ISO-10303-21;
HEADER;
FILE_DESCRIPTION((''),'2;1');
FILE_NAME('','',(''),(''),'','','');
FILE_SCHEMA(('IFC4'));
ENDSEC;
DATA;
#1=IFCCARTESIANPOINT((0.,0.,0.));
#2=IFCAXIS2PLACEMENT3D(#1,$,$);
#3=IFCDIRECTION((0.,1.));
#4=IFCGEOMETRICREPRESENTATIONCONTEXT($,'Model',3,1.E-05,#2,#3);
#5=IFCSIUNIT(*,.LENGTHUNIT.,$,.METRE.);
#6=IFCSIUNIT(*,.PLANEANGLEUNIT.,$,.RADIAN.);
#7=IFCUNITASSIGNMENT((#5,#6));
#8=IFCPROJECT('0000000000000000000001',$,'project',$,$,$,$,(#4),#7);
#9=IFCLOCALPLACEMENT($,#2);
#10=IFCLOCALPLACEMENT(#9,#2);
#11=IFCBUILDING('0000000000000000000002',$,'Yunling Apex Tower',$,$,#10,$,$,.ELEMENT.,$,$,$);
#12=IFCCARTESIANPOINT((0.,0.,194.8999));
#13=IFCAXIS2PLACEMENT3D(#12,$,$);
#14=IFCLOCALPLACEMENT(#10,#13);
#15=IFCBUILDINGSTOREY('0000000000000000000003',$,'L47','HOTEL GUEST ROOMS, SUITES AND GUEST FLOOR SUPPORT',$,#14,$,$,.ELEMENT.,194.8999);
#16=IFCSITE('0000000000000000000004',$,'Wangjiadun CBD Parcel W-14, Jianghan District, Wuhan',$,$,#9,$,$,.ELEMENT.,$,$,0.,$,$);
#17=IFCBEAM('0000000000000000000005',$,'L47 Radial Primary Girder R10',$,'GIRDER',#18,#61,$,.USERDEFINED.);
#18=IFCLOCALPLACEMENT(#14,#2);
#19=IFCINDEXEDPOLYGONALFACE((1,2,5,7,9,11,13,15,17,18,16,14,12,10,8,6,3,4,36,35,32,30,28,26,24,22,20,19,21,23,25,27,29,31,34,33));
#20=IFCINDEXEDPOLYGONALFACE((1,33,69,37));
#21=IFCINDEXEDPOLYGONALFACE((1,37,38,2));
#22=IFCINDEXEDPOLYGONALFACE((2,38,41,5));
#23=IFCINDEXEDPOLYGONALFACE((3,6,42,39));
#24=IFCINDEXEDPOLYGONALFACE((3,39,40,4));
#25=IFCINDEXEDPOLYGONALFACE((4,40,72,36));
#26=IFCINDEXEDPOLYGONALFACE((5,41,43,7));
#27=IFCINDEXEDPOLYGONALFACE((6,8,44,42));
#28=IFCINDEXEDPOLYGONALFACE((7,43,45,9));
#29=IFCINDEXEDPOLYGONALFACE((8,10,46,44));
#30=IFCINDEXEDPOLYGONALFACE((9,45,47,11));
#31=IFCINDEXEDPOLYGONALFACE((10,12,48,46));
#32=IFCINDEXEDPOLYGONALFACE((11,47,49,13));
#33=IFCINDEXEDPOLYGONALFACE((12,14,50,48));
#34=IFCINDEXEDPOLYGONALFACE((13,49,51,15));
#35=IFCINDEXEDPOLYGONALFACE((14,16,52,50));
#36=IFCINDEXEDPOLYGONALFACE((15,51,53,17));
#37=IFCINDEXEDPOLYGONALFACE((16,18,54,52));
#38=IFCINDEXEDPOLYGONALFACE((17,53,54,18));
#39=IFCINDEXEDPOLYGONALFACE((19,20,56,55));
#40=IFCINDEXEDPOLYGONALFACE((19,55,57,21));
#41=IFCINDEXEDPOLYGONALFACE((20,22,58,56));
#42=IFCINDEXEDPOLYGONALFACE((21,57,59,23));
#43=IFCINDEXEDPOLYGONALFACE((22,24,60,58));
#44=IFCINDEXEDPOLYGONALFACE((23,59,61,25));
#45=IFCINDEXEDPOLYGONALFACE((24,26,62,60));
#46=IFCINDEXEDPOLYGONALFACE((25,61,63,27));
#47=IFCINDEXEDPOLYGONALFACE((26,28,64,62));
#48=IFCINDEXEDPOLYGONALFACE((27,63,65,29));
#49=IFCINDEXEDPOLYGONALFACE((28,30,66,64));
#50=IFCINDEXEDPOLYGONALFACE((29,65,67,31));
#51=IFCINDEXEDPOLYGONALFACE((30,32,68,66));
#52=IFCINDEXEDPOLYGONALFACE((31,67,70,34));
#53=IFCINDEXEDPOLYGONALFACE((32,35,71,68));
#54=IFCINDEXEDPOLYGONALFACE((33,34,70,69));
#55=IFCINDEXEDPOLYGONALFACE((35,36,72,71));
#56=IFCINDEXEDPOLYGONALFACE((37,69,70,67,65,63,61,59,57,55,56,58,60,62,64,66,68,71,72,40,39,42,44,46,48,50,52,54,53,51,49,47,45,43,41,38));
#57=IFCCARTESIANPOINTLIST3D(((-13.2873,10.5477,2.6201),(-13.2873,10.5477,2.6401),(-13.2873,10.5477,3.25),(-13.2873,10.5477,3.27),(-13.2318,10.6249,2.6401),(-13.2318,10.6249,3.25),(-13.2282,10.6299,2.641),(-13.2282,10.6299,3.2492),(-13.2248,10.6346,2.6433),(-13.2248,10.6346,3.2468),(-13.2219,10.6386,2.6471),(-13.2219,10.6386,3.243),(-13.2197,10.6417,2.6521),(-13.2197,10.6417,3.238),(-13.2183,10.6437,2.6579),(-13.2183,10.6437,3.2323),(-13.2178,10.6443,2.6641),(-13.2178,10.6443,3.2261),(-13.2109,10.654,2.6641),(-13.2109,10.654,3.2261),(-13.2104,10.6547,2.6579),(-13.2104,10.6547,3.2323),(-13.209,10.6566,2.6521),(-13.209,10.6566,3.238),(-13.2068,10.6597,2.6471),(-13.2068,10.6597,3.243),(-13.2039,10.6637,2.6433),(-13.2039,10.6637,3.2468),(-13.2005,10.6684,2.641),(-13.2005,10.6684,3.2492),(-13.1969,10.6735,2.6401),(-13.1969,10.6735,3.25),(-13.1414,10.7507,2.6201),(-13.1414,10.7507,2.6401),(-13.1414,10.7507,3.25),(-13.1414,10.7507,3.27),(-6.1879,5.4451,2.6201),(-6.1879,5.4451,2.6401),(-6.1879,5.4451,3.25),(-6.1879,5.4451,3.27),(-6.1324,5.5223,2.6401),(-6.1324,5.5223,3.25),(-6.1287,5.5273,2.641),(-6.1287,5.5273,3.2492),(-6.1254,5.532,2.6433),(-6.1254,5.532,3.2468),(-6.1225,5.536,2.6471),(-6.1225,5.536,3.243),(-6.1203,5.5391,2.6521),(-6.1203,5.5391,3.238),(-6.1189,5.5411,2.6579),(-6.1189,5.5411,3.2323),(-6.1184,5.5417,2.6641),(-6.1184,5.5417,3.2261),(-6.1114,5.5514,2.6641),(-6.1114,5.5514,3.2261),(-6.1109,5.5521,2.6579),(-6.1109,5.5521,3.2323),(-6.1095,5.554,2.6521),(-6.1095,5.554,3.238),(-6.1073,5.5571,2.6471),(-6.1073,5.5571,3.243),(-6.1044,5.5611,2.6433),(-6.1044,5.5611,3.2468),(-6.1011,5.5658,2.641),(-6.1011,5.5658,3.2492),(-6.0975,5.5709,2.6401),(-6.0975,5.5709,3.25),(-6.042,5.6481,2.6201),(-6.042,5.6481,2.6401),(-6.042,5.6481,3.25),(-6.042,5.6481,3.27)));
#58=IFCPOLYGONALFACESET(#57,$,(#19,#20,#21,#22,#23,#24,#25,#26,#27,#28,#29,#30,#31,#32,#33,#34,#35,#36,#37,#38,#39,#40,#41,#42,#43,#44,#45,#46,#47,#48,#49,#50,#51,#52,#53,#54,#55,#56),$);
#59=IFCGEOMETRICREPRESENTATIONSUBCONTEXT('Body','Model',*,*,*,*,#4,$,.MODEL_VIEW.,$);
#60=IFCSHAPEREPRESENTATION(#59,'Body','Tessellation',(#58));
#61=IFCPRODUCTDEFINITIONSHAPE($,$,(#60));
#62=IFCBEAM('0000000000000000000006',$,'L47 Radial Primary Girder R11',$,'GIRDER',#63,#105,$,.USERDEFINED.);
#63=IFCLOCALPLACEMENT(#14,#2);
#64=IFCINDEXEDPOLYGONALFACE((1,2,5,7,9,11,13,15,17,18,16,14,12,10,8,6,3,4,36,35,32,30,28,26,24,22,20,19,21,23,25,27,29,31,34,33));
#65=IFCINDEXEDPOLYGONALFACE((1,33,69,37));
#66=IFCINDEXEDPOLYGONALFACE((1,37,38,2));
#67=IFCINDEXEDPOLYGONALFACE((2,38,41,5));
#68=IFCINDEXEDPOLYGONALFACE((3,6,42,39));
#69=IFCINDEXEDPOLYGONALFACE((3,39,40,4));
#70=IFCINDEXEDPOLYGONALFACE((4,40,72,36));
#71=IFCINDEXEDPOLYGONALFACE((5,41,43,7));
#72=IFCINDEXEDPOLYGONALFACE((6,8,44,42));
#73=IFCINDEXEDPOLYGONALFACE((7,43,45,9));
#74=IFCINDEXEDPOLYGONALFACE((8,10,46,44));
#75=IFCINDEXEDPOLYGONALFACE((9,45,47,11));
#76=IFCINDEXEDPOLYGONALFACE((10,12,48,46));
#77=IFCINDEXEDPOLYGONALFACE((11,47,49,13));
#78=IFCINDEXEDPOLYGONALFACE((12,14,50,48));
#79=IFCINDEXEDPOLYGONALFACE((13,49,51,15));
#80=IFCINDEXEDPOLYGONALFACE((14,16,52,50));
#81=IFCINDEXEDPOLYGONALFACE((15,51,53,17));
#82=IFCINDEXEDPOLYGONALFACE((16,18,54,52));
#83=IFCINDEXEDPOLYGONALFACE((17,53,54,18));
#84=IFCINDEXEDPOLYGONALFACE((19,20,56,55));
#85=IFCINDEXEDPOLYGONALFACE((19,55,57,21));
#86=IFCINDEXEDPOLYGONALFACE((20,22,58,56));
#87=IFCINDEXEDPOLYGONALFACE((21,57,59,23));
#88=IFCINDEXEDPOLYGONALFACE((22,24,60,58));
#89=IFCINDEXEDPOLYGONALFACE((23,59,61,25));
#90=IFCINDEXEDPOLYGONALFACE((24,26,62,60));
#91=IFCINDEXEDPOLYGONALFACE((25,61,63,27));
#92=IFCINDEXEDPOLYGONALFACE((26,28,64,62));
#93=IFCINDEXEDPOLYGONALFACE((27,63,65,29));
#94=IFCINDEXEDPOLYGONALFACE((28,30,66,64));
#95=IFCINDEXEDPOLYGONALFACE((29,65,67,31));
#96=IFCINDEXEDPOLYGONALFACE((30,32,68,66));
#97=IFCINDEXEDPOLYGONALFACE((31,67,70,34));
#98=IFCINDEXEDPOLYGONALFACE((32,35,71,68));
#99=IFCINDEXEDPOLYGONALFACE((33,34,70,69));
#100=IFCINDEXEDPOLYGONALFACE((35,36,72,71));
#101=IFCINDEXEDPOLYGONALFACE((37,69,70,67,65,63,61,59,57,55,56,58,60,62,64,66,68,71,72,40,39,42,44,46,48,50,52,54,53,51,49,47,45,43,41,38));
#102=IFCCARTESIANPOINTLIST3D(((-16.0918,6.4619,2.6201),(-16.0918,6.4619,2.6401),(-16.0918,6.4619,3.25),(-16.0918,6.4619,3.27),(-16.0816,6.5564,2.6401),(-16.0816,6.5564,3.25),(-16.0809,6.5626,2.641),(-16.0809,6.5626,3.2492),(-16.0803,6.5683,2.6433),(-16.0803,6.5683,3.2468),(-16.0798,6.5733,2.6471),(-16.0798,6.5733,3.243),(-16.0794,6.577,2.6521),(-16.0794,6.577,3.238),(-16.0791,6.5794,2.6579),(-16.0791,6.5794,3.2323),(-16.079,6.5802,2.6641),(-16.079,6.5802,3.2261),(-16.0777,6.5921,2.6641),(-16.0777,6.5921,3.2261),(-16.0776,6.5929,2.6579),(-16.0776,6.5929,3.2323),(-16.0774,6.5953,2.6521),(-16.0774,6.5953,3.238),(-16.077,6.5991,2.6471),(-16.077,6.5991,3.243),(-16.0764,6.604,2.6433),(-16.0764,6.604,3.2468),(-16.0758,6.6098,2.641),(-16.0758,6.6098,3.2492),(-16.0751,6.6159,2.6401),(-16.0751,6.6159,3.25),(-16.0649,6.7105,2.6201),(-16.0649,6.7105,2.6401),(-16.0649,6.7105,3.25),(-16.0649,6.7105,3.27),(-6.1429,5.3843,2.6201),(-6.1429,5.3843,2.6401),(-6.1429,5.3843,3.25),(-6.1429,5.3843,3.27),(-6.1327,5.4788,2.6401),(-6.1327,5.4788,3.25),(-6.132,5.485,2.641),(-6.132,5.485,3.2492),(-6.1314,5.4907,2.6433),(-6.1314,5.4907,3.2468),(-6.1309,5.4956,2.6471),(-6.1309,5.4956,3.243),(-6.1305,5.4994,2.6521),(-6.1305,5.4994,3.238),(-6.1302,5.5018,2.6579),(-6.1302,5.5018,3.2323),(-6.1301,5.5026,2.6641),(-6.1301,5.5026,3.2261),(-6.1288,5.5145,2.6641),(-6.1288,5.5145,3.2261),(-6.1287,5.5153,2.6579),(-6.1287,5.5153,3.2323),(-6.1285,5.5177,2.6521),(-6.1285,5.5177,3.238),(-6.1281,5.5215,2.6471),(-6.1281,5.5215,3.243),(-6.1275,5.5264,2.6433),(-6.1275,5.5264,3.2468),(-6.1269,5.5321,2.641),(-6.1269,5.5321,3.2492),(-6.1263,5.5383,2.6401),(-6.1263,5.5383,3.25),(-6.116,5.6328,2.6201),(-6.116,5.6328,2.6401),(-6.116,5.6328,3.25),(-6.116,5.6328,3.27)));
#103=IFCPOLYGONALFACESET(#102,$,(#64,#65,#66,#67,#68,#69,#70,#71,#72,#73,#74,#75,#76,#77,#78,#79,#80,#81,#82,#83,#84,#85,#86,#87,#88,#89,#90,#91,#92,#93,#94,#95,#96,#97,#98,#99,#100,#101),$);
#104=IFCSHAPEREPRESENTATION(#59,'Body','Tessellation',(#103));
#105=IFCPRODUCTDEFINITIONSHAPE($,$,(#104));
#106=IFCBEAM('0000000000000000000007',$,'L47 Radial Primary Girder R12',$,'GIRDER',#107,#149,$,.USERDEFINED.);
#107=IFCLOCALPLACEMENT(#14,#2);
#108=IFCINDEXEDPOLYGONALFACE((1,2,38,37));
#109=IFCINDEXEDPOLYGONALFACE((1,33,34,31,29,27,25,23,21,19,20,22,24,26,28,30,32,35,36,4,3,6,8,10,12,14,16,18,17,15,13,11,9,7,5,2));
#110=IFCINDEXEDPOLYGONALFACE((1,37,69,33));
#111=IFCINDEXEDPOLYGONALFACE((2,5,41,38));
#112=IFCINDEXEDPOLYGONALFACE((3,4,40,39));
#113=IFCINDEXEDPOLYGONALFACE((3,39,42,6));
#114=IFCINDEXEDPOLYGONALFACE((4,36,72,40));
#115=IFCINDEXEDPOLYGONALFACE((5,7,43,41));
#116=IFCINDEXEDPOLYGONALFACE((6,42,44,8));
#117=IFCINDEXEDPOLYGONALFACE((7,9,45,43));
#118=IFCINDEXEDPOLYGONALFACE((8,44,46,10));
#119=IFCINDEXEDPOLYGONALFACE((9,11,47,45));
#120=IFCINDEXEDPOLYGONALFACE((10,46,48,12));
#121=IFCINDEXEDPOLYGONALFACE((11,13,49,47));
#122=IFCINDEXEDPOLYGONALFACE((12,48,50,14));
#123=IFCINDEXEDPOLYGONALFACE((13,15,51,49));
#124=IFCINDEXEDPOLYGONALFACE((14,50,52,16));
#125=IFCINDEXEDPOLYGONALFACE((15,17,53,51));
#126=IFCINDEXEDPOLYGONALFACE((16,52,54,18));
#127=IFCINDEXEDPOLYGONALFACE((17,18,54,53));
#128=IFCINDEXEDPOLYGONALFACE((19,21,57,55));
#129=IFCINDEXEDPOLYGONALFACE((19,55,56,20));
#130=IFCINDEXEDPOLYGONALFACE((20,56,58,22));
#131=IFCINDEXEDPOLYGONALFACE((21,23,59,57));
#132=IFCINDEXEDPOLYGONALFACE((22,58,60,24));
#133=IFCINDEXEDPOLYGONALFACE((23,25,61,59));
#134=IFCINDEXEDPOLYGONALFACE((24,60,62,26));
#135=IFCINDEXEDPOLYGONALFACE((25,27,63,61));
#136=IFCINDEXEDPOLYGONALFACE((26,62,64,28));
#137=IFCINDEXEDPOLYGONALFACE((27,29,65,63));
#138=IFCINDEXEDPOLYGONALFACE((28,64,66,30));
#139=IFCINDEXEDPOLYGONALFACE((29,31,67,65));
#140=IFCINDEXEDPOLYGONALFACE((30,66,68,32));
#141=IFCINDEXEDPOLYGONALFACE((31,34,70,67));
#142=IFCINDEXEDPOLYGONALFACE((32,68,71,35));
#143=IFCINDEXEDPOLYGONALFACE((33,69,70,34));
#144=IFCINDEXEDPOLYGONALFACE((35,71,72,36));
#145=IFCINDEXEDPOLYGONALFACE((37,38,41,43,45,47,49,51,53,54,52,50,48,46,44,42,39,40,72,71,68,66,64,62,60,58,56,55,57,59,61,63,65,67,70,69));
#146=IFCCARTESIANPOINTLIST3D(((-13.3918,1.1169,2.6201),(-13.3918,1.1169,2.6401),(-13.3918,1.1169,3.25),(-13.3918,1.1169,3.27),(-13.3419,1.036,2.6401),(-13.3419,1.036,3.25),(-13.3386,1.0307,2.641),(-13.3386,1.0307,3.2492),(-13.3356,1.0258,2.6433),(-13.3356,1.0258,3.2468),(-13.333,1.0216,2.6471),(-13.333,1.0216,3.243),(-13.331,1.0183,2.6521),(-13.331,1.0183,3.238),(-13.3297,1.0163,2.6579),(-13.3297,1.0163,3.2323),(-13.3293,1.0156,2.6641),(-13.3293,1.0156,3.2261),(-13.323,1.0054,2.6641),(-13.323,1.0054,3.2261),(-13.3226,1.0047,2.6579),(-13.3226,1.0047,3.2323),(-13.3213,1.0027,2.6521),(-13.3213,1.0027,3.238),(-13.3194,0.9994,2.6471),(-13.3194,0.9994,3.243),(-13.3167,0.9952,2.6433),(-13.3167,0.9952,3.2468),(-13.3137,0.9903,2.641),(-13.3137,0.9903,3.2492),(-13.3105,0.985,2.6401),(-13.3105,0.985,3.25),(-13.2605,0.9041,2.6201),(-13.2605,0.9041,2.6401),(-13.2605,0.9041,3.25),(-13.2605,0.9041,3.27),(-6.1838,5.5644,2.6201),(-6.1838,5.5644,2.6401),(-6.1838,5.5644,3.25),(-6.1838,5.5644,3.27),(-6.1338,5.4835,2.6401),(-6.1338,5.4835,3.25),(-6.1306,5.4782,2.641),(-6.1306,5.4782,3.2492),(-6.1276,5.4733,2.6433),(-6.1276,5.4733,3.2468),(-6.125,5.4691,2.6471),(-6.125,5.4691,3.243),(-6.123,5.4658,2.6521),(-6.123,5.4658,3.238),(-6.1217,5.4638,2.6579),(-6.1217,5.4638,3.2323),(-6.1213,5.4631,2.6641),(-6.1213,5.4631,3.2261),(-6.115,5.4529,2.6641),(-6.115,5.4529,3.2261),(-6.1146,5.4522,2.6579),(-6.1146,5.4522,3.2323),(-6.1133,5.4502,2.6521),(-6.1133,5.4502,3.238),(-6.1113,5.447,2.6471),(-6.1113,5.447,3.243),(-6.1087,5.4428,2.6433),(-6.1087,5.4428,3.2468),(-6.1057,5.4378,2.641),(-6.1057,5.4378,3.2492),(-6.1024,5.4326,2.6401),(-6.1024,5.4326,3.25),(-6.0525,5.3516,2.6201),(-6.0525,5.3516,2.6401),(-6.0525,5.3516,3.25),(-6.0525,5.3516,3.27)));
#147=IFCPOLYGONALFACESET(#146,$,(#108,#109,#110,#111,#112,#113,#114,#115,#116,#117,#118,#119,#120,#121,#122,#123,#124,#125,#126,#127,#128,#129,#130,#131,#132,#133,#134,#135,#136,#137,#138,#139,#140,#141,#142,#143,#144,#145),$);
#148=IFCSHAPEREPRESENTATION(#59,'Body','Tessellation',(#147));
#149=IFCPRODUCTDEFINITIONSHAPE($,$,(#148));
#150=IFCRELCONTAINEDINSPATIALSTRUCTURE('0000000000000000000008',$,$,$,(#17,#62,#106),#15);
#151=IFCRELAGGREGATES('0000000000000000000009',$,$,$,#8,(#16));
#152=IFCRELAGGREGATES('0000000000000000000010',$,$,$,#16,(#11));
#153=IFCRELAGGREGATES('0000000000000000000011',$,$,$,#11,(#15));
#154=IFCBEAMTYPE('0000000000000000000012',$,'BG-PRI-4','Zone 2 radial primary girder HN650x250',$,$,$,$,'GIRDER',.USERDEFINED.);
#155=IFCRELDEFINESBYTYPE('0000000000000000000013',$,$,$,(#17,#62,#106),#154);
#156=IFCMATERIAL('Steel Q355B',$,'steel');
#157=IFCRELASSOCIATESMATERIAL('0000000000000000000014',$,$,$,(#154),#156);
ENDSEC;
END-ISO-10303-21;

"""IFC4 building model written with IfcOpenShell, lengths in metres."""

from ifc_helpers import new_model, si_unit, direction, frame, origin, origin_2d, place, context, subcontext, project, spatial, i_section, extrude, source, transform, mapped, material, material_profile, profile_set, type_object, element, save


model = new_model("IFC4")

# Units and contexts
model_context = context("Model", 3, precision=1e-05, world=origin(), true_north=direction((0.0, 1.0)))
body_context = subcontext(model_context, "Body", "Model", "MODEL_VIEW")
ifc_project = project(units=[si_unit("LENGTHUNIT", "METRE"), si_unit("PLANEANGLEUNIT", "RADIAN")], contexts=[model_context])

# Site, building, storey
site_placement = place(None, origin())
site = spatial("IfcSite", under=ifc_project, at=site_placement, Name="Wangjiadun CBD Parcel W-14, Jianghan District, Wuhan", CompositionType="ELEMENT", RefElevation=0.0)
building_placement = place(site_placement, origin())
building = spatial("IfcBuilding", under=site, at=building_placement, Name="Yunling Apex Tower", CompositionType="ELEMENT")
storey_placement = place(building_placement, frame((0.0, 0.0, 194.8999)))
storey = spatial("IfcBuildingStorey", under=building, at=storey_placement, Name="L47", Description="HOTEL GUEST ROOMS, SUITES AND GUEST FLOOR SUPPORT", CompositionType="ELEMENT", Elevation=194.8999)

# Beams
ifc_material_1 = material(Name="Steel Q355B", Category="steel")
ifc_material_profile_1 = material_profile(ifc_material_1, i_section(OverallWidth=0.25, OverallDepth=0.6499, WebThickness=0.012, FlangeThickness=0.02, FilletRadius=0.0239, at=origin_2d()))
ifc_profile_set_1 = profile_set([ifc_material_profile_1], Name="Steel Q355B")
beam_type_1 = type_object("IfcBeamType", Name="BG-PRI-4", Description="Zone 2 radial primary girder HN650x250", ElementType="GIRDER", PredefinedType="USERDEFINED", material=ifc_profile_set_1)
shared_shape_1 = source(origin(), body_context, "Body", "SweptSolid", [
    extrude(i_section(OverallWidth=0.25, OverallDepth=0.6499, WebThickness=0.012, FlangeThickness=0.02, FilletRadius=0.0239, at=origin_2d()), origin(), (0.0, 0.0, 1.0), 8.7429),
])
beam_1_placement = place(storey_placement, frame((-13.2144, 10.6492, 2.9451), z_axis=(0.812022, -0.583626, 0.0), x_axis=(0.583626, 0.812022, 0.0)))
element("IfcBeam", 1, at=beam_1_placement, inside=storey, type_object=beam_type_1, Name="L47 Radial Primary Girder R10", ObjectType="GIRDER", PredefinedType="USERDEFINED", context=body_context, shape_type="MappedRepresentation", body=[
    mapped(shared_shape_1, transform((0.0, 0.0, 0.0), scale=1.0)),
])
shared_shape_2 = source(origin(), body_context, "Body", "SweptSolid", [
    extrude(i_section(OverallWidth=0.25, OverallDepth=0.6499, WebThickness=0.012, FlangeThickness=0.02, FilletRadius=0.0239, at=origin_2d()), origin(), (0.0, 0.0, 1.0), 10.0071),
])
beam_2_placement = place(storey_placement, frame((-16.0784, 6.5862, 2.9451), z_axis=(0.994185, -0.107686, 0.0), x_axis=(0.107686, 0.994185, 0.0)))
element("IfcBeam", 2, at=beam_2_placement, inside=storey, type_object=beam_type_1, Name="L47 Radial Primary Girder R11", ObjectType="GIRDER", PredefinedType="USERDEFINED", context=body_context, shape_type="MappedRepresentation", body=[
    mapped(shared_shape_2, transform((0.0, 0.0, 0.0), scale=1.0)),
])
shared_shape_3 = source(origin(), body_context, "Body", "SweptSolid", [
    extrude(i_section(OverallWidth=0.25, OverallDepth=0.6499, WebThickness=0.012, FlangeThickness=0.02, FilletRadius=0.0239, at=origin_2d()), origin(), (0.0, 0.0, 1.0), 8.4697),
])
beam_3_placement = place(storey_placement, frame((-13.3262, 1.0105, 2.9451), z_axis=(0.851035, 0.525109, 0.0), x_axis=(-0.525109, 0.851035, 0.0)))
element("IfcBeam", 3, at=beam_3_placement, inside=storey, type_object=beam_type_1, Name="L47 Radial Primary Girder R12", ObjectType="GIRDER", PredefinedType="USERDEFINED", context=body_context, shape_type="MappedRepresentation", body=[
    mapped(shared_shape_3, transform((0.0, 0.0, 0.0), scale=1.0)),
])

save(model, "model.ifc")
